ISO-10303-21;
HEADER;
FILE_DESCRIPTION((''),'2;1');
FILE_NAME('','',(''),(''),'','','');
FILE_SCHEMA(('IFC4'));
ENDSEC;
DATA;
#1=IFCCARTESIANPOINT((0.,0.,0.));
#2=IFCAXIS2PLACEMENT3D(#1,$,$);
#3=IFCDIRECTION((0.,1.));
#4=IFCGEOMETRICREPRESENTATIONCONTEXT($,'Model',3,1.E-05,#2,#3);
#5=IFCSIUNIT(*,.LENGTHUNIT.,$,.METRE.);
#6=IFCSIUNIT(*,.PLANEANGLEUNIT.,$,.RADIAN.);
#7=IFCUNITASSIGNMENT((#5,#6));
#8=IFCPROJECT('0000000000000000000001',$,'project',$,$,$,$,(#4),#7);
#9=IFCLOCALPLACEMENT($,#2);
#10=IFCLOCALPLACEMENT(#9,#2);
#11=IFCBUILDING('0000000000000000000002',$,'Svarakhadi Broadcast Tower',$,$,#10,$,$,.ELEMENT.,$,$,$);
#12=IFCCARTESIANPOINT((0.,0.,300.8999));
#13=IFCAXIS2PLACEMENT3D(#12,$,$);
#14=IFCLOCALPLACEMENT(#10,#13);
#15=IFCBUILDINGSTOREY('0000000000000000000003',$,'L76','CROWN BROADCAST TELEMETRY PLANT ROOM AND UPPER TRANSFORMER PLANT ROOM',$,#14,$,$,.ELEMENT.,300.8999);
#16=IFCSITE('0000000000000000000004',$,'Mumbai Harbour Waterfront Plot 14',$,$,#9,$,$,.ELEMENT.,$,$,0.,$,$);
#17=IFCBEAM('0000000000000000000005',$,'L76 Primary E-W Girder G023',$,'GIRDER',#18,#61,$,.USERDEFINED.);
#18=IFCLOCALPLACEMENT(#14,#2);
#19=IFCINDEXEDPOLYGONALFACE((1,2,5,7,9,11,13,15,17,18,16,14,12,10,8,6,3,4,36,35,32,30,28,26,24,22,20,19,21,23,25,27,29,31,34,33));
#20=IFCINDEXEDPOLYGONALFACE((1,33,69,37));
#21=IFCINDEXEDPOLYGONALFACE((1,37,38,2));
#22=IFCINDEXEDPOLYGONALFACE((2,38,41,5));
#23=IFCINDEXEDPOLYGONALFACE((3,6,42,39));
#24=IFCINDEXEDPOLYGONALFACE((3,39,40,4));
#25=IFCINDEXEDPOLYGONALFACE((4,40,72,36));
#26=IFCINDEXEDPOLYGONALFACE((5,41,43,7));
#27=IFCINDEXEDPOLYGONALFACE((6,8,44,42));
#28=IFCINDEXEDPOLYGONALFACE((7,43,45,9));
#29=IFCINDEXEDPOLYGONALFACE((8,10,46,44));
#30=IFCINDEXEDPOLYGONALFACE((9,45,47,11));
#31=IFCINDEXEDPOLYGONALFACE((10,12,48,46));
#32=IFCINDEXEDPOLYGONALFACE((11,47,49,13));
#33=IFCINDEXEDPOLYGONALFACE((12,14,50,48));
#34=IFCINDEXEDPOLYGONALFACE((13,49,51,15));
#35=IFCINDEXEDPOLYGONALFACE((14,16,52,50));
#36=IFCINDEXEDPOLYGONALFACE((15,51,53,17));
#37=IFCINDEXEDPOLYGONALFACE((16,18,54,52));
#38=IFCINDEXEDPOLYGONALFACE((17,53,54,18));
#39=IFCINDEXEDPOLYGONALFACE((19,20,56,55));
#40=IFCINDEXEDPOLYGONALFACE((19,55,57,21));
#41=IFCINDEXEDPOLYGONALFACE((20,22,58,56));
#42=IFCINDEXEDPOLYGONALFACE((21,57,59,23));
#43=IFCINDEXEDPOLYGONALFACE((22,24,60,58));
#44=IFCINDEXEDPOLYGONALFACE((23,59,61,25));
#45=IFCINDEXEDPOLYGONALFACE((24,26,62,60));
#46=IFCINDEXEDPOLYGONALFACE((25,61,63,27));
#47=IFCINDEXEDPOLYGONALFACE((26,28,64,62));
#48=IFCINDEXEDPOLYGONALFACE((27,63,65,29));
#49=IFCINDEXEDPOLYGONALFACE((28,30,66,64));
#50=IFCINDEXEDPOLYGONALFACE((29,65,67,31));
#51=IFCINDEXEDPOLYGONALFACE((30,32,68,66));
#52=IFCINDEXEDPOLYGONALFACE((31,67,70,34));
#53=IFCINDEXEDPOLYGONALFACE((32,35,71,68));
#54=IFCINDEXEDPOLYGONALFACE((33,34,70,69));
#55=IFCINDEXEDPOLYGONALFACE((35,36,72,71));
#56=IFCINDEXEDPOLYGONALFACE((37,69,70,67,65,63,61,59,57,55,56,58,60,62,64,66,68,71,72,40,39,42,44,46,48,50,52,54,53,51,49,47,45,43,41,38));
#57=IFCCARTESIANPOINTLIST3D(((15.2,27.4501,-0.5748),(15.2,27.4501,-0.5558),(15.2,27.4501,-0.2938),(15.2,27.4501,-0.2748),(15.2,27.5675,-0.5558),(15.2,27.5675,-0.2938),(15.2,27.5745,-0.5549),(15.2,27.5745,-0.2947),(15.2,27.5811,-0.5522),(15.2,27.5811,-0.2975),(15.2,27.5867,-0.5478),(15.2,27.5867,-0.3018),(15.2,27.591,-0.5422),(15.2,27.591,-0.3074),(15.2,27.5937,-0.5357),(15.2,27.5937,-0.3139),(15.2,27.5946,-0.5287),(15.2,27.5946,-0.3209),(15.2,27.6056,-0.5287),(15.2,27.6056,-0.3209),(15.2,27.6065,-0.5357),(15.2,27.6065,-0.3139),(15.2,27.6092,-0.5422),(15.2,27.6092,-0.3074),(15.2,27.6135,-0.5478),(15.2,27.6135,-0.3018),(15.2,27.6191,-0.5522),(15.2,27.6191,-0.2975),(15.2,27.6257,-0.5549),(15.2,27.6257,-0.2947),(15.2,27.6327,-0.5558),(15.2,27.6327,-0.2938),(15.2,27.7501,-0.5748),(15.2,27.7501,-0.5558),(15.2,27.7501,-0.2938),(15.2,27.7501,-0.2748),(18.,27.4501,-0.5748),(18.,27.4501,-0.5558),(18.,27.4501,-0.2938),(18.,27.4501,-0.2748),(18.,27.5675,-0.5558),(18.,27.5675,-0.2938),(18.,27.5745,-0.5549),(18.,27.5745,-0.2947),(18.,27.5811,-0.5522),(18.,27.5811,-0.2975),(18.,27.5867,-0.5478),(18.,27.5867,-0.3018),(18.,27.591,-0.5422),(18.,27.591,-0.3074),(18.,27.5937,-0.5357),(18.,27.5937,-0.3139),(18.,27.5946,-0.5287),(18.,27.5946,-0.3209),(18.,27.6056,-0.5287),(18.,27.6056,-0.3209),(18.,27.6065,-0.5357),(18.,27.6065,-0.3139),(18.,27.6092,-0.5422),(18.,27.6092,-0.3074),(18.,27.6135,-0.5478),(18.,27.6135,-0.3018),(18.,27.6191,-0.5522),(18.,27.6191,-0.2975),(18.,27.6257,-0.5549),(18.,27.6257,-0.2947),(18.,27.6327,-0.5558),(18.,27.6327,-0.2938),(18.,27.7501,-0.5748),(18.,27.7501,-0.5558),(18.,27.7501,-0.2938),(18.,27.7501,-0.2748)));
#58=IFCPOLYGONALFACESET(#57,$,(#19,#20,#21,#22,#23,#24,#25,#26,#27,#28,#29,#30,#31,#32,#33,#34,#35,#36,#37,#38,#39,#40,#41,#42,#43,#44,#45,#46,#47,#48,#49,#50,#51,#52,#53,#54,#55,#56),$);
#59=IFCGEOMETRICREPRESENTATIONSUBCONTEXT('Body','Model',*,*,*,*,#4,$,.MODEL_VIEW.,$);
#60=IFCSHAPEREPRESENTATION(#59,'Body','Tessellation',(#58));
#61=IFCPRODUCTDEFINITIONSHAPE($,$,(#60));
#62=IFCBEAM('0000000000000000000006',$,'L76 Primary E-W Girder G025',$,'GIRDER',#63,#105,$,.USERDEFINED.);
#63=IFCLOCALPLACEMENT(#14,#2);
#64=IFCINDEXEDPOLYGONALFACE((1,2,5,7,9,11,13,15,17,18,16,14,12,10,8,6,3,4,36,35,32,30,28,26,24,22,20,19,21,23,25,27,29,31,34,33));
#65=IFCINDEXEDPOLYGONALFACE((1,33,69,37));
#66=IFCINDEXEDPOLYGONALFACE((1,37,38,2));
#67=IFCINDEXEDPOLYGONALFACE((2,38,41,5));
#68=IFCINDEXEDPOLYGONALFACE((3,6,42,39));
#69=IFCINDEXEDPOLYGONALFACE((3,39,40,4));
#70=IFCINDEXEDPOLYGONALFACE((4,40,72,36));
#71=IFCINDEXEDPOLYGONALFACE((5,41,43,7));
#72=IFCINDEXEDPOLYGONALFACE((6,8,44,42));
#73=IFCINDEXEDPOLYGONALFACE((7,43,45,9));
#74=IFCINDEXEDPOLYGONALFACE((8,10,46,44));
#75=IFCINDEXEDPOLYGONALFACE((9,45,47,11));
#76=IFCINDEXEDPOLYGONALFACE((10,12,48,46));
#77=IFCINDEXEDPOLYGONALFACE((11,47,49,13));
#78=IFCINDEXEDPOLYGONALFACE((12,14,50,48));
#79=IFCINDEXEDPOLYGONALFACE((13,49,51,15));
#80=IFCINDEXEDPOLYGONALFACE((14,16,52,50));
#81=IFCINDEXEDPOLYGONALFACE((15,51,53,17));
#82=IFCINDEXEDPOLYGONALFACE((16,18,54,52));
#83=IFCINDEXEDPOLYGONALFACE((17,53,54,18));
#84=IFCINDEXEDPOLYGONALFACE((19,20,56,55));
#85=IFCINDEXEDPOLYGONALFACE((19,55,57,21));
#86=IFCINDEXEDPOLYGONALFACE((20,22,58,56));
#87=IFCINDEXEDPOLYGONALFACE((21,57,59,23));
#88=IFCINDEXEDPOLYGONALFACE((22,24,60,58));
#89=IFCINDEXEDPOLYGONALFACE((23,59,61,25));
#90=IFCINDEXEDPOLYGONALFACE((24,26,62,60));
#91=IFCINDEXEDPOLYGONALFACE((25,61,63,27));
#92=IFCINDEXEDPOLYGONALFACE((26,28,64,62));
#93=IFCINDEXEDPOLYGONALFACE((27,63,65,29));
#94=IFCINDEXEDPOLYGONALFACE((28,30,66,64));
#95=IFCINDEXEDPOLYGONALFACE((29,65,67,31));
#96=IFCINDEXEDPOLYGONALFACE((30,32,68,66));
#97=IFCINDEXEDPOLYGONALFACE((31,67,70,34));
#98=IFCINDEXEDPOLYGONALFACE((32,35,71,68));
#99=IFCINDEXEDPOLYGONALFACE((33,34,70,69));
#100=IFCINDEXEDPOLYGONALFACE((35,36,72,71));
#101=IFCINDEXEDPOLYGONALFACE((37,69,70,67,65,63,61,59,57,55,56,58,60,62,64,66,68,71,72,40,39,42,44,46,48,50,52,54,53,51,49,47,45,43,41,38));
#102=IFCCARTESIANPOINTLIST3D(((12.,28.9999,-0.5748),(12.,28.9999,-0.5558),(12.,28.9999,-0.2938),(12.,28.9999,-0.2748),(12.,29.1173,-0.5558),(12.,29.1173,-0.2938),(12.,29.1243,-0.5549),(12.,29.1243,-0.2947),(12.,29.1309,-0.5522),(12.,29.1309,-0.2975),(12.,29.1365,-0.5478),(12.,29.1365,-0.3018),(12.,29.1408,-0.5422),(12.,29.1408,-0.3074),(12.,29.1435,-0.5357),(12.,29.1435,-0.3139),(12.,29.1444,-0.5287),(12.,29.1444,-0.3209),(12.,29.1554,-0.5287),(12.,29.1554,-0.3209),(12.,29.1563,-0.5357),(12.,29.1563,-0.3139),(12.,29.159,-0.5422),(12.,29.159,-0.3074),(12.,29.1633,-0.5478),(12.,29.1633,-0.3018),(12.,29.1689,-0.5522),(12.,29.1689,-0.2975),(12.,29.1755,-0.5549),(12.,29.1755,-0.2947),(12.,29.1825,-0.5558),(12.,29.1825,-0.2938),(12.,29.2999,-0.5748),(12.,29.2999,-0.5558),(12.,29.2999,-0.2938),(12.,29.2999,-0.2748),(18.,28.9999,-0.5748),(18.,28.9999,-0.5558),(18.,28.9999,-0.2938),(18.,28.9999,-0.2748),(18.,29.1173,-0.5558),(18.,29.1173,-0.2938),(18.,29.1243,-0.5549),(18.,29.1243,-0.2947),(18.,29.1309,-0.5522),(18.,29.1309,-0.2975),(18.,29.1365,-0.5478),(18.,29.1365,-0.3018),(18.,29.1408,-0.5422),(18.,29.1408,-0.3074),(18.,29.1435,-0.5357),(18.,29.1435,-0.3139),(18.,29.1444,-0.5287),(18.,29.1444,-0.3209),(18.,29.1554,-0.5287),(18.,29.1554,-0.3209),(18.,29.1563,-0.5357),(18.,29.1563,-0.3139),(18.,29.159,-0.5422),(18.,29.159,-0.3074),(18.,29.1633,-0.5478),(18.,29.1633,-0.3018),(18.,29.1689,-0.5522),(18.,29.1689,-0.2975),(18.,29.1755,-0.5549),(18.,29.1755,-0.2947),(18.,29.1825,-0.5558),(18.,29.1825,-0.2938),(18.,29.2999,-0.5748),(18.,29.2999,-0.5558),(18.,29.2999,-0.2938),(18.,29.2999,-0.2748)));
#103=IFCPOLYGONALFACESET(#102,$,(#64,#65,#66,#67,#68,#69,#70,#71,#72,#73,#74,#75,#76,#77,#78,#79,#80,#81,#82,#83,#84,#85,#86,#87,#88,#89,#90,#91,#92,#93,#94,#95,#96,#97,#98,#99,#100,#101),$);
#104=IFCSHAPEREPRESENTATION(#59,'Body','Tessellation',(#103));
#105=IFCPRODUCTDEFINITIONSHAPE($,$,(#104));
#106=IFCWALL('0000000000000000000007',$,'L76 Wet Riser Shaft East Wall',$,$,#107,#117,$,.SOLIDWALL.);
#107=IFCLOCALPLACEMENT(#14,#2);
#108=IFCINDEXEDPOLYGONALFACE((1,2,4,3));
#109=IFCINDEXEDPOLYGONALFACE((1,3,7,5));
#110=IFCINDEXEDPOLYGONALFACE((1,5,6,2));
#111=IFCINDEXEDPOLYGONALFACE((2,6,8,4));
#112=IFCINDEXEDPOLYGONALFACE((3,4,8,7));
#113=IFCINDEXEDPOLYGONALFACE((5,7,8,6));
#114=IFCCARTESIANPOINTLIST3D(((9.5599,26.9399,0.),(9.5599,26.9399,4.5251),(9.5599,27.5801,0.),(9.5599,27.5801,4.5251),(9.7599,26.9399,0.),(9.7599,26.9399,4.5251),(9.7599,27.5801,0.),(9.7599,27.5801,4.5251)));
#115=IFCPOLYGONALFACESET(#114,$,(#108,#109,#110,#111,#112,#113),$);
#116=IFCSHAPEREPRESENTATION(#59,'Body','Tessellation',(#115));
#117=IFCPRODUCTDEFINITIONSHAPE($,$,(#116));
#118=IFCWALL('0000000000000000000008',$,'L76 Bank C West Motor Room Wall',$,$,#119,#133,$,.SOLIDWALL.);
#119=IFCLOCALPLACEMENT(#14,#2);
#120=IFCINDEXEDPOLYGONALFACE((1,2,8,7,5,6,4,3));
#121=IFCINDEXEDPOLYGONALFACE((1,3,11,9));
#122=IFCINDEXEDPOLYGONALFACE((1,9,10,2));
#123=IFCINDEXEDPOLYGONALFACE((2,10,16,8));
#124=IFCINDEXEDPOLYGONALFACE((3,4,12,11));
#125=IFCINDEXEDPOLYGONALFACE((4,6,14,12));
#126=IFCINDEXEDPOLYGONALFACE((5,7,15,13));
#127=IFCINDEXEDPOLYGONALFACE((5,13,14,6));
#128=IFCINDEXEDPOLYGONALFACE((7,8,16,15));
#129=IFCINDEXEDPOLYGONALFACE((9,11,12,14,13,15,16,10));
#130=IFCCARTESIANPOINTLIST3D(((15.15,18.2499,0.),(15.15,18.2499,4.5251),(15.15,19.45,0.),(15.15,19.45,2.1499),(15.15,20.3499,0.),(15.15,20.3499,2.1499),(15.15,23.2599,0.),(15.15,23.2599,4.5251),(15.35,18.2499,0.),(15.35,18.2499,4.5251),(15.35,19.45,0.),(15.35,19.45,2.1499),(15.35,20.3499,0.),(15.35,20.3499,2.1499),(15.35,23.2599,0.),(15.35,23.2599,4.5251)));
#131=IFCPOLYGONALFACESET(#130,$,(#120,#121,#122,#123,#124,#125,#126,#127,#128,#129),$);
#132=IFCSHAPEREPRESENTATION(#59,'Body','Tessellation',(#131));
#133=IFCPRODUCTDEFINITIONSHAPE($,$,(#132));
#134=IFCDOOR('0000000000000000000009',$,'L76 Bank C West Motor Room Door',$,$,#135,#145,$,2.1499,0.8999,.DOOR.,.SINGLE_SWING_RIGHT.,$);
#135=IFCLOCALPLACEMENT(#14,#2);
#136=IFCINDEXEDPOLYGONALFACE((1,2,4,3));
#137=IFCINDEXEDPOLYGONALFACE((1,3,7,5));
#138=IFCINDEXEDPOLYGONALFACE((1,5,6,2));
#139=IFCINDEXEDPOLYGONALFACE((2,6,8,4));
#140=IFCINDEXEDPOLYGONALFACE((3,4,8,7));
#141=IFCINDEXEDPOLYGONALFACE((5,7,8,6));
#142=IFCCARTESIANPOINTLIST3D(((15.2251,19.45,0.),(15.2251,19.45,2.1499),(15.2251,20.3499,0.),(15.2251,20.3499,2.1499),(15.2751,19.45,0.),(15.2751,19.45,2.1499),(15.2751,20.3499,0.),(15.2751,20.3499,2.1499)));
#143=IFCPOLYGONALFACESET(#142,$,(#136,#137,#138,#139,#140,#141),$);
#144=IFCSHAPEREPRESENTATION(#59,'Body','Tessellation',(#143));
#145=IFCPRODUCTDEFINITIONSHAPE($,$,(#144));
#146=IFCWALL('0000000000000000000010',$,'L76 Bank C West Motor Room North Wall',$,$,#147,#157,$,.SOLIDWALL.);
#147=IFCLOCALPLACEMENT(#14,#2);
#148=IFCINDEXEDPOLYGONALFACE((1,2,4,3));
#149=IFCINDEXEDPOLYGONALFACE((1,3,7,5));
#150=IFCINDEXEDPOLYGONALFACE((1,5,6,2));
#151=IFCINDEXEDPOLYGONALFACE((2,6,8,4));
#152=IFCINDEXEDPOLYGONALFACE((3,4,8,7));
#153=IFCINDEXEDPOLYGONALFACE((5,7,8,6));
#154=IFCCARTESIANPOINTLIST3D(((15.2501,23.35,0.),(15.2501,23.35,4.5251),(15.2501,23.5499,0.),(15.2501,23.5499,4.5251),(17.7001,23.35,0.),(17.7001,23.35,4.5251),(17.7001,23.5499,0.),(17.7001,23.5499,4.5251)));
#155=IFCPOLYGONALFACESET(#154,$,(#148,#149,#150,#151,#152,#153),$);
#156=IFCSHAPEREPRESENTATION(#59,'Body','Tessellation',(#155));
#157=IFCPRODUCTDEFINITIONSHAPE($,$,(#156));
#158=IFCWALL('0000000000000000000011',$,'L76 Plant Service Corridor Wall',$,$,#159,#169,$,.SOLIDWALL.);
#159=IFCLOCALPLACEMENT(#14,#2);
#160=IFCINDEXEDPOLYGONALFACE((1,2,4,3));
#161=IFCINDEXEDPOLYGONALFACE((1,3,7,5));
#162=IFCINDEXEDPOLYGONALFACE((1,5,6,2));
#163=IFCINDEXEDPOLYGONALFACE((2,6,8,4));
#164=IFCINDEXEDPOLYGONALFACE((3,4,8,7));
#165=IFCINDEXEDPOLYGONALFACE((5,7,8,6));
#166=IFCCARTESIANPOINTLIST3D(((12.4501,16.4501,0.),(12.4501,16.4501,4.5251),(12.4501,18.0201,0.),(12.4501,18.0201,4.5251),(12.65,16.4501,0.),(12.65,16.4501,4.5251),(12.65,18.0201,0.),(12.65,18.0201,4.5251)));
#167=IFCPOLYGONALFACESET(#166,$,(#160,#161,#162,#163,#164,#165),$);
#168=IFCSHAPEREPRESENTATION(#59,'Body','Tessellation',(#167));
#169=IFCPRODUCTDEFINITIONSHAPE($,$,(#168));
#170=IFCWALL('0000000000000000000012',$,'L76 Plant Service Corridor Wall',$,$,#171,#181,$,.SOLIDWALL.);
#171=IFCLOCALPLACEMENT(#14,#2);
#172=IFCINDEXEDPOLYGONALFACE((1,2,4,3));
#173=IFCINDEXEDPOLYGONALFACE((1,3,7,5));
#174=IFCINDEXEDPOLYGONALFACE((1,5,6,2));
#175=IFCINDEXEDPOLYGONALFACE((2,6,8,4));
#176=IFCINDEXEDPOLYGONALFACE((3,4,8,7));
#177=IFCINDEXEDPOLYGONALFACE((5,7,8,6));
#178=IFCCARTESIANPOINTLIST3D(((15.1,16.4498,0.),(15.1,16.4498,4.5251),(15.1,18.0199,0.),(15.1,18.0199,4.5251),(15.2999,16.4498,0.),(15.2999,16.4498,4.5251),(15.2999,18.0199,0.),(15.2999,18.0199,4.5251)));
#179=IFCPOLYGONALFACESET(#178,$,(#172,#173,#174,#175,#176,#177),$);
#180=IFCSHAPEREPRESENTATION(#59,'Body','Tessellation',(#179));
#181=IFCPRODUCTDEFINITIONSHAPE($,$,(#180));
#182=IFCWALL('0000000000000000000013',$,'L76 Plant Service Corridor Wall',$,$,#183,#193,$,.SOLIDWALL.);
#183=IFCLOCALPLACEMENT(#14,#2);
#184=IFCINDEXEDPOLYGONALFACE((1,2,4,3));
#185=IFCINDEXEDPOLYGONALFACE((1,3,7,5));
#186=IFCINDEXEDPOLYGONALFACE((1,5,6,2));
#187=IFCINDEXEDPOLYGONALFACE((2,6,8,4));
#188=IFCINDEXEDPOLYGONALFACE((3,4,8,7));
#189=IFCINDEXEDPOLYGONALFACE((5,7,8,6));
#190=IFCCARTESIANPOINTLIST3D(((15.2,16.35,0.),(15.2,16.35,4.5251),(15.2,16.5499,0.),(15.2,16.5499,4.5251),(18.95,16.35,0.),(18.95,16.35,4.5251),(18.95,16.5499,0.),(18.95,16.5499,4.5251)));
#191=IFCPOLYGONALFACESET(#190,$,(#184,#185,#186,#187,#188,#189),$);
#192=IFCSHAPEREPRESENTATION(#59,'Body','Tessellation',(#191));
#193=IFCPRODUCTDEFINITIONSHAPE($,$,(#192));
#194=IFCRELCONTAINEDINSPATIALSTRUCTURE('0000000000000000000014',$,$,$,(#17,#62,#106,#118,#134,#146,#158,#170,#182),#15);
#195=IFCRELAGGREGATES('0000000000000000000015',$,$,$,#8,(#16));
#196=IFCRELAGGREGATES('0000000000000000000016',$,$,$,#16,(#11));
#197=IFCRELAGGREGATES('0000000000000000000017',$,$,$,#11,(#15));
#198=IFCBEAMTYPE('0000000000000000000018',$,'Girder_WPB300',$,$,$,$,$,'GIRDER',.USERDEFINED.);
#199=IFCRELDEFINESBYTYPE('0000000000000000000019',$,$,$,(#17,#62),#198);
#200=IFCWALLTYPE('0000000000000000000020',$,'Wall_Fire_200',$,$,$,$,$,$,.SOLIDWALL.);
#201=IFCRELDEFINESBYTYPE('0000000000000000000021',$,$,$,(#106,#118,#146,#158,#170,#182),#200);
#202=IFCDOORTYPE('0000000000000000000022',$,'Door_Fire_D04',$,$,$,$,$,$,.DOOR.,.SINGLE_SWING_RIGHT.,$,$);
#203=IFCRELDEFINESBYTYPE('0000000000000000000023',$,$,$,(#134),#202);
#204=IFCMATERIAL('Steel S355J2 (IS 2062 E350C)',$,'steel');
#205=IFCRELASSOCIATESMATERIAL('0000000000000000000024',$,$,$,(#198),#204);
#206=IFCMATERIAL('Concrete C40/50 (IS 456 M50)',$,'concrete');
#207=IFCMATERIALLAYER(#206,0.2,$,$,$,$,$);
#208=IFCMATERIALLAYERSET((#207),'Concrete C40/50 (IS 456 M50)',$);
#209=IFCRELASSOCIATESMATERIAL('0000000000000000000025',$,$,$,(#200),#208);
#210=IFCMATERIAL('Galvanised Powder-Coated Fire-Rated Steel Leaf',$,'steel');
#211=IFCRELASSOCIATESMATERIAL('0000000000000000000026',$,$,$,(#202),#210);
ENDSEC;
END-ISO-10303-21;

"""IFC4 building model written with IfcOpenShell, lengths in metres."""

from ifc_helpers import new_model, si_unit, direction, frame, frame_2d, origin, origin_2d, place, context, subcontext, project, spatial, rectangle, i_section, extrude, material, layer, layer_set, material_profile, profile_set, type_object, element, fill, save


model = new_model("IFC4")

# Units and contexts
model_context = context("Model", 3, precision=1e-05, world=origin(), true_north=direction((0.0, 1.0)))
body_context = subcontext(model_context, "Body", "Model", "MODEL_VIEW")
ifc_project = project(units=[si_unit("LENGTHUNIT", "METRE"), si_unit("PLANEANGLEUNIT", "RADIAN")], contexts=[model_context])

# Site, building, storey
site_placement = place(None, origin())
site = spatial("IfcSite", under=ifc_project, at=site_placement, Name="Mumbai Harbour Waterfront Plot 14", CompositionType="ELEMENT", RefElevation=0.0)
building_placement = place(site_placement, origin())
building = spatial("IfcBuilding", under=site, at=building_placement, Name="Svarakhadi Broadcast Tower", CompositionType="ELEMENT")
storey_placement = place(building_placement, frame((0.0, 0.0, 300.8999)))
storey = spatial("IfcBuildingStorey", under=building, at=storey_placement, Name="L76", Description="CROWN BROADCAST TELEMETRY PLANT ROOM AND UPPER TRANSFORMER PLANT ROOM", CompositionType="ELEMENT", Elevation=300.8999)

# Beams
ifc_material_1 = material(Name="Steel S355J2 (IS 2062 E350C)", Category="steel")
ifc_material_profile_1 = material_profile(ifc_material_1, i_section(OverallWidth=0.3, OverallDepth=0.3, WebThickness=0.011, FlangeThickness=0.019, FilletRadius=0.0271, at=origin_2d()), Name="WPB 300x300x117")
ifc_profile_set_1 = profile_set([ifc_material_profile_1], Name="Steel S355J2 (IS 2062 E350C)")
beam_type_1 = type_object("IfcBeamType", Name="Girder_WPB300", ElementType="GIRDER", PredefinedType="USERDEFINED", material=ifc_profile_set_1)
beam_1_placement = place(storey_placement, frame((15.2, 27.6001, -0.4248), z_axis=(1.0, 0.0, 0.0), x_axis=(0.0, 1.0, 0.0)))
element("IfcBeam", 1, at=beam_1_placement, inside=storey, type_object=beam_type_1, Name="L76 Primary E-W Girder G023", ObjectType="GIRDER", PredefinedType="USERDEFINED", context=body_context, shape_type="SweptSolid", body=[
    extrude(i_section(OverallWidth=0.3, OverallDepth=0.3, WebThickness=0.011, FlangeThickness=0.019, FilletRadius=0.0271, at=origin_2d()), origin(), (0.0, 0.0, 1.0), 2.8),
])
beam_2_placement = place(storey_placement, frame((12.0, 29.1499, -0.4248), z_axis=(1.0, 0.0, 0.0), x_axis=(0.0, 1.0, 0.0)))
element("IfcBeam", 2, at=beam_2_placement, inside=storey, type_object=beam_type_1, Name="L76 Primary E-W Girder G025", ObjectType="GIRDER", PredefinedType="USERDEFINED", context=body_context, shape_type="SweptSolid", body=[
    extrude(i_section(OverallWidth=0.3, OverallDepth=0.3, WebThickness=0.011, FlangeThickness=0.019, FilletRadius=0.0271, at=origin_2d()), origin(), (0.0, 0.0, 1.0), 6.0),
])

# Wall
ifc_material_2 = material(Name="Concrete C40/50 (IS 456 M50)", Category="concrete")
ifc_layer_1 = layer(ifc_material_2, 0.2)
ifc_layer_set_1 = layer_set([ifc_layer_1], Name="Concrete C40/50 (IS 456 M50)")
wall_type_1 = type_object("IfcWallType", Name="Wall_Fire_200", PredefinedType="SOLIDWALL", material=ifc_layer_set_1)
wall_1_placement = place(storey_placement, frame((9.6599, 26.9399, 0.0), z_axis=(0.0, 0.0, 1.0), x_axis=(0.0, 1.0, 0.0)))
element("IfcWall", 3, at=wall_1_placement, inside=storey, type_object=wall_type_1, Name="L76 Wet Riser Shaft East Wall", PredefinedType="SOLIDWALL", context=body_context, shape_type="SweptSolid", body=[
    extrude(rectangle(XDim=0.6401, YDim=0.2, at=frame_2d((0.3201, 0.0))), origin(), (0.0, 0.0, 1.0), 4.5251),
])

# Wall, opening, door
wall_2_placement = place(storey_placement, frame((15.25, 18.25, 0.0), z_axis=(0.0, 0.0, 1.0), x_axis=(0.0, 1.0, 0.0)))
wall_2 = element("IfcWall", 4, at=wall_2_placement, inside=storey, type_object=wall_type_1, Name="L76 Bank C West Motor Room Wall", PredefinedType="SOLIDWALL", context=body_context, shape_type="SweptSolid", body=[
    extrude(rectangle(XDim=5.01, YDim=0.2, at=frame_2d((2.5049, 0.0))), origin(), (0.0, 0.0, 1.0), 4.5251),
])
opening_1_placement = place(wall_2_placement, frame((1.2, 0.0, 0.0)))
opening_1 = element("IfcOpeningElement", 5, at=opening_1_placement, cuts=wall_2, PredefinedType="OPENING", context=body_context, shape_type="SweptSolid", body=[
    extrude(rectangle(XDim=0.8999, YDim=2.1499, at=frame_2d((0.45, 1.075))), frame((0.0, 0.1099, 0.0), z_axis=(0.0, -1.0, 0.0), x_axis=(1.0, 0.0, 0.0)), (0.0, 0.0, 1.0), 0.22),
])
ifc_material_3 = material(Name="Galvanised Powder-Coated Fire-Rated Steel Leaf", Category="steel")
door_type = type_object("IfcDoorType", Name="Door_Fire_D04", OperationType="SINGLE_SWING_RIGHT", PredefinedType="DOOR", material=ifc_material_3)
door_1_placement = place(opening_1_placement, origin())
door_1 = element("IfcDoor", 6, at=door_1_placement, inside=storey, type_object=door_type, Name="L76 Bank C West Motor Room Door", OperationType="SINGLE_SWING_RIGHT", OverallHeight=2.1499, OverallWidth=0.8999, PredefinedType="DOOR", context=body_context, shape_type="SweptSolid", body=[
    extrude(rectangle(XDim=0.8999, YDim=2.1499, at=frame_2d((0.45, 1.075))), frame((0.0, 0.0249, 0.0), z_axis=(0.0, -1.0, 0.0), x_axis=(1.0, 0.0, 0.0)), (0.0, 0.0, 1.0), 0.05),
])
fill(opening_1, door_1)

# Walls
wall_3_placement = place(storey_placement, frame((15.25, 23.45, 0.0), z_axis=(0.0, 0.0, 1.0), x_axis=(1.0, 0.0, 0.0)))
element("IfcWall", 7, at=wall_3_placement, inside=storey, type_object=wall_type_1, Name="L76 Bank C West Motor Room North Wall", PredefinedType="SOLIDWALL", context=body_context, shape_type="SweptSolid", body=[
    extrude(rectangle(XDim=2.45, YDim=0.2, at=frame_2d((1.2251, 0.0))), origin(), (0.0, 0.0, 1.0), 4.5251),
])
for number, where, z_axis, x_axis, name in (
    (8, (12.55, 16.45, 0.0), (0.0, 0.0, 1.0), (0.0, 1.0, 0.0), "L76 Plant Service Corridor Wall"),
    (9, (15.2, 18.02, 0.0), (0.0, 0.0, 1.0), (0.0, -1.0, 0.0), "L76 Plant Service Corridor Wall"),
):
    element("IfcWall", number, at=place(storey_placement, frame(where, z_axis=z_axis, x_axis=x_axis)), inside=storey, type_object=wall_type_1, Name=name, PredefinedType="SOLIDWALL", context=body_context, shape_type="SweptSolid", body=[
        extrude(rectangle(XDim=1.5701, YDim=0.2, at=frame_2d((0.7852, 0.0))), origin(), (0.0, 0.0, 1.0), 4.5251),
    ])
wall_4_placement = place(storey_placement, frame((15.2, 16.45, 0.0), z_axis=(0.0, 0.0, 1.0), x_axis=(1.0, 0.0, 0.0)))
element("IfcWall", 10, at=wall_4_placement, inside=storey, type_object=wall_type_1, Name="L76 Plant Service Corridor Wall", PredefinedType="SOLIDWALL", context=body_context, shape_type="SweptSolid", body=[
    extrude(rectangle(XDim=3.75, YDim=0.2, at=frame_2d((1.875, 0.0))), origin(), (0.0, 0.0, 1.0), 4.5251),
])

save(model, "model.ifc")
